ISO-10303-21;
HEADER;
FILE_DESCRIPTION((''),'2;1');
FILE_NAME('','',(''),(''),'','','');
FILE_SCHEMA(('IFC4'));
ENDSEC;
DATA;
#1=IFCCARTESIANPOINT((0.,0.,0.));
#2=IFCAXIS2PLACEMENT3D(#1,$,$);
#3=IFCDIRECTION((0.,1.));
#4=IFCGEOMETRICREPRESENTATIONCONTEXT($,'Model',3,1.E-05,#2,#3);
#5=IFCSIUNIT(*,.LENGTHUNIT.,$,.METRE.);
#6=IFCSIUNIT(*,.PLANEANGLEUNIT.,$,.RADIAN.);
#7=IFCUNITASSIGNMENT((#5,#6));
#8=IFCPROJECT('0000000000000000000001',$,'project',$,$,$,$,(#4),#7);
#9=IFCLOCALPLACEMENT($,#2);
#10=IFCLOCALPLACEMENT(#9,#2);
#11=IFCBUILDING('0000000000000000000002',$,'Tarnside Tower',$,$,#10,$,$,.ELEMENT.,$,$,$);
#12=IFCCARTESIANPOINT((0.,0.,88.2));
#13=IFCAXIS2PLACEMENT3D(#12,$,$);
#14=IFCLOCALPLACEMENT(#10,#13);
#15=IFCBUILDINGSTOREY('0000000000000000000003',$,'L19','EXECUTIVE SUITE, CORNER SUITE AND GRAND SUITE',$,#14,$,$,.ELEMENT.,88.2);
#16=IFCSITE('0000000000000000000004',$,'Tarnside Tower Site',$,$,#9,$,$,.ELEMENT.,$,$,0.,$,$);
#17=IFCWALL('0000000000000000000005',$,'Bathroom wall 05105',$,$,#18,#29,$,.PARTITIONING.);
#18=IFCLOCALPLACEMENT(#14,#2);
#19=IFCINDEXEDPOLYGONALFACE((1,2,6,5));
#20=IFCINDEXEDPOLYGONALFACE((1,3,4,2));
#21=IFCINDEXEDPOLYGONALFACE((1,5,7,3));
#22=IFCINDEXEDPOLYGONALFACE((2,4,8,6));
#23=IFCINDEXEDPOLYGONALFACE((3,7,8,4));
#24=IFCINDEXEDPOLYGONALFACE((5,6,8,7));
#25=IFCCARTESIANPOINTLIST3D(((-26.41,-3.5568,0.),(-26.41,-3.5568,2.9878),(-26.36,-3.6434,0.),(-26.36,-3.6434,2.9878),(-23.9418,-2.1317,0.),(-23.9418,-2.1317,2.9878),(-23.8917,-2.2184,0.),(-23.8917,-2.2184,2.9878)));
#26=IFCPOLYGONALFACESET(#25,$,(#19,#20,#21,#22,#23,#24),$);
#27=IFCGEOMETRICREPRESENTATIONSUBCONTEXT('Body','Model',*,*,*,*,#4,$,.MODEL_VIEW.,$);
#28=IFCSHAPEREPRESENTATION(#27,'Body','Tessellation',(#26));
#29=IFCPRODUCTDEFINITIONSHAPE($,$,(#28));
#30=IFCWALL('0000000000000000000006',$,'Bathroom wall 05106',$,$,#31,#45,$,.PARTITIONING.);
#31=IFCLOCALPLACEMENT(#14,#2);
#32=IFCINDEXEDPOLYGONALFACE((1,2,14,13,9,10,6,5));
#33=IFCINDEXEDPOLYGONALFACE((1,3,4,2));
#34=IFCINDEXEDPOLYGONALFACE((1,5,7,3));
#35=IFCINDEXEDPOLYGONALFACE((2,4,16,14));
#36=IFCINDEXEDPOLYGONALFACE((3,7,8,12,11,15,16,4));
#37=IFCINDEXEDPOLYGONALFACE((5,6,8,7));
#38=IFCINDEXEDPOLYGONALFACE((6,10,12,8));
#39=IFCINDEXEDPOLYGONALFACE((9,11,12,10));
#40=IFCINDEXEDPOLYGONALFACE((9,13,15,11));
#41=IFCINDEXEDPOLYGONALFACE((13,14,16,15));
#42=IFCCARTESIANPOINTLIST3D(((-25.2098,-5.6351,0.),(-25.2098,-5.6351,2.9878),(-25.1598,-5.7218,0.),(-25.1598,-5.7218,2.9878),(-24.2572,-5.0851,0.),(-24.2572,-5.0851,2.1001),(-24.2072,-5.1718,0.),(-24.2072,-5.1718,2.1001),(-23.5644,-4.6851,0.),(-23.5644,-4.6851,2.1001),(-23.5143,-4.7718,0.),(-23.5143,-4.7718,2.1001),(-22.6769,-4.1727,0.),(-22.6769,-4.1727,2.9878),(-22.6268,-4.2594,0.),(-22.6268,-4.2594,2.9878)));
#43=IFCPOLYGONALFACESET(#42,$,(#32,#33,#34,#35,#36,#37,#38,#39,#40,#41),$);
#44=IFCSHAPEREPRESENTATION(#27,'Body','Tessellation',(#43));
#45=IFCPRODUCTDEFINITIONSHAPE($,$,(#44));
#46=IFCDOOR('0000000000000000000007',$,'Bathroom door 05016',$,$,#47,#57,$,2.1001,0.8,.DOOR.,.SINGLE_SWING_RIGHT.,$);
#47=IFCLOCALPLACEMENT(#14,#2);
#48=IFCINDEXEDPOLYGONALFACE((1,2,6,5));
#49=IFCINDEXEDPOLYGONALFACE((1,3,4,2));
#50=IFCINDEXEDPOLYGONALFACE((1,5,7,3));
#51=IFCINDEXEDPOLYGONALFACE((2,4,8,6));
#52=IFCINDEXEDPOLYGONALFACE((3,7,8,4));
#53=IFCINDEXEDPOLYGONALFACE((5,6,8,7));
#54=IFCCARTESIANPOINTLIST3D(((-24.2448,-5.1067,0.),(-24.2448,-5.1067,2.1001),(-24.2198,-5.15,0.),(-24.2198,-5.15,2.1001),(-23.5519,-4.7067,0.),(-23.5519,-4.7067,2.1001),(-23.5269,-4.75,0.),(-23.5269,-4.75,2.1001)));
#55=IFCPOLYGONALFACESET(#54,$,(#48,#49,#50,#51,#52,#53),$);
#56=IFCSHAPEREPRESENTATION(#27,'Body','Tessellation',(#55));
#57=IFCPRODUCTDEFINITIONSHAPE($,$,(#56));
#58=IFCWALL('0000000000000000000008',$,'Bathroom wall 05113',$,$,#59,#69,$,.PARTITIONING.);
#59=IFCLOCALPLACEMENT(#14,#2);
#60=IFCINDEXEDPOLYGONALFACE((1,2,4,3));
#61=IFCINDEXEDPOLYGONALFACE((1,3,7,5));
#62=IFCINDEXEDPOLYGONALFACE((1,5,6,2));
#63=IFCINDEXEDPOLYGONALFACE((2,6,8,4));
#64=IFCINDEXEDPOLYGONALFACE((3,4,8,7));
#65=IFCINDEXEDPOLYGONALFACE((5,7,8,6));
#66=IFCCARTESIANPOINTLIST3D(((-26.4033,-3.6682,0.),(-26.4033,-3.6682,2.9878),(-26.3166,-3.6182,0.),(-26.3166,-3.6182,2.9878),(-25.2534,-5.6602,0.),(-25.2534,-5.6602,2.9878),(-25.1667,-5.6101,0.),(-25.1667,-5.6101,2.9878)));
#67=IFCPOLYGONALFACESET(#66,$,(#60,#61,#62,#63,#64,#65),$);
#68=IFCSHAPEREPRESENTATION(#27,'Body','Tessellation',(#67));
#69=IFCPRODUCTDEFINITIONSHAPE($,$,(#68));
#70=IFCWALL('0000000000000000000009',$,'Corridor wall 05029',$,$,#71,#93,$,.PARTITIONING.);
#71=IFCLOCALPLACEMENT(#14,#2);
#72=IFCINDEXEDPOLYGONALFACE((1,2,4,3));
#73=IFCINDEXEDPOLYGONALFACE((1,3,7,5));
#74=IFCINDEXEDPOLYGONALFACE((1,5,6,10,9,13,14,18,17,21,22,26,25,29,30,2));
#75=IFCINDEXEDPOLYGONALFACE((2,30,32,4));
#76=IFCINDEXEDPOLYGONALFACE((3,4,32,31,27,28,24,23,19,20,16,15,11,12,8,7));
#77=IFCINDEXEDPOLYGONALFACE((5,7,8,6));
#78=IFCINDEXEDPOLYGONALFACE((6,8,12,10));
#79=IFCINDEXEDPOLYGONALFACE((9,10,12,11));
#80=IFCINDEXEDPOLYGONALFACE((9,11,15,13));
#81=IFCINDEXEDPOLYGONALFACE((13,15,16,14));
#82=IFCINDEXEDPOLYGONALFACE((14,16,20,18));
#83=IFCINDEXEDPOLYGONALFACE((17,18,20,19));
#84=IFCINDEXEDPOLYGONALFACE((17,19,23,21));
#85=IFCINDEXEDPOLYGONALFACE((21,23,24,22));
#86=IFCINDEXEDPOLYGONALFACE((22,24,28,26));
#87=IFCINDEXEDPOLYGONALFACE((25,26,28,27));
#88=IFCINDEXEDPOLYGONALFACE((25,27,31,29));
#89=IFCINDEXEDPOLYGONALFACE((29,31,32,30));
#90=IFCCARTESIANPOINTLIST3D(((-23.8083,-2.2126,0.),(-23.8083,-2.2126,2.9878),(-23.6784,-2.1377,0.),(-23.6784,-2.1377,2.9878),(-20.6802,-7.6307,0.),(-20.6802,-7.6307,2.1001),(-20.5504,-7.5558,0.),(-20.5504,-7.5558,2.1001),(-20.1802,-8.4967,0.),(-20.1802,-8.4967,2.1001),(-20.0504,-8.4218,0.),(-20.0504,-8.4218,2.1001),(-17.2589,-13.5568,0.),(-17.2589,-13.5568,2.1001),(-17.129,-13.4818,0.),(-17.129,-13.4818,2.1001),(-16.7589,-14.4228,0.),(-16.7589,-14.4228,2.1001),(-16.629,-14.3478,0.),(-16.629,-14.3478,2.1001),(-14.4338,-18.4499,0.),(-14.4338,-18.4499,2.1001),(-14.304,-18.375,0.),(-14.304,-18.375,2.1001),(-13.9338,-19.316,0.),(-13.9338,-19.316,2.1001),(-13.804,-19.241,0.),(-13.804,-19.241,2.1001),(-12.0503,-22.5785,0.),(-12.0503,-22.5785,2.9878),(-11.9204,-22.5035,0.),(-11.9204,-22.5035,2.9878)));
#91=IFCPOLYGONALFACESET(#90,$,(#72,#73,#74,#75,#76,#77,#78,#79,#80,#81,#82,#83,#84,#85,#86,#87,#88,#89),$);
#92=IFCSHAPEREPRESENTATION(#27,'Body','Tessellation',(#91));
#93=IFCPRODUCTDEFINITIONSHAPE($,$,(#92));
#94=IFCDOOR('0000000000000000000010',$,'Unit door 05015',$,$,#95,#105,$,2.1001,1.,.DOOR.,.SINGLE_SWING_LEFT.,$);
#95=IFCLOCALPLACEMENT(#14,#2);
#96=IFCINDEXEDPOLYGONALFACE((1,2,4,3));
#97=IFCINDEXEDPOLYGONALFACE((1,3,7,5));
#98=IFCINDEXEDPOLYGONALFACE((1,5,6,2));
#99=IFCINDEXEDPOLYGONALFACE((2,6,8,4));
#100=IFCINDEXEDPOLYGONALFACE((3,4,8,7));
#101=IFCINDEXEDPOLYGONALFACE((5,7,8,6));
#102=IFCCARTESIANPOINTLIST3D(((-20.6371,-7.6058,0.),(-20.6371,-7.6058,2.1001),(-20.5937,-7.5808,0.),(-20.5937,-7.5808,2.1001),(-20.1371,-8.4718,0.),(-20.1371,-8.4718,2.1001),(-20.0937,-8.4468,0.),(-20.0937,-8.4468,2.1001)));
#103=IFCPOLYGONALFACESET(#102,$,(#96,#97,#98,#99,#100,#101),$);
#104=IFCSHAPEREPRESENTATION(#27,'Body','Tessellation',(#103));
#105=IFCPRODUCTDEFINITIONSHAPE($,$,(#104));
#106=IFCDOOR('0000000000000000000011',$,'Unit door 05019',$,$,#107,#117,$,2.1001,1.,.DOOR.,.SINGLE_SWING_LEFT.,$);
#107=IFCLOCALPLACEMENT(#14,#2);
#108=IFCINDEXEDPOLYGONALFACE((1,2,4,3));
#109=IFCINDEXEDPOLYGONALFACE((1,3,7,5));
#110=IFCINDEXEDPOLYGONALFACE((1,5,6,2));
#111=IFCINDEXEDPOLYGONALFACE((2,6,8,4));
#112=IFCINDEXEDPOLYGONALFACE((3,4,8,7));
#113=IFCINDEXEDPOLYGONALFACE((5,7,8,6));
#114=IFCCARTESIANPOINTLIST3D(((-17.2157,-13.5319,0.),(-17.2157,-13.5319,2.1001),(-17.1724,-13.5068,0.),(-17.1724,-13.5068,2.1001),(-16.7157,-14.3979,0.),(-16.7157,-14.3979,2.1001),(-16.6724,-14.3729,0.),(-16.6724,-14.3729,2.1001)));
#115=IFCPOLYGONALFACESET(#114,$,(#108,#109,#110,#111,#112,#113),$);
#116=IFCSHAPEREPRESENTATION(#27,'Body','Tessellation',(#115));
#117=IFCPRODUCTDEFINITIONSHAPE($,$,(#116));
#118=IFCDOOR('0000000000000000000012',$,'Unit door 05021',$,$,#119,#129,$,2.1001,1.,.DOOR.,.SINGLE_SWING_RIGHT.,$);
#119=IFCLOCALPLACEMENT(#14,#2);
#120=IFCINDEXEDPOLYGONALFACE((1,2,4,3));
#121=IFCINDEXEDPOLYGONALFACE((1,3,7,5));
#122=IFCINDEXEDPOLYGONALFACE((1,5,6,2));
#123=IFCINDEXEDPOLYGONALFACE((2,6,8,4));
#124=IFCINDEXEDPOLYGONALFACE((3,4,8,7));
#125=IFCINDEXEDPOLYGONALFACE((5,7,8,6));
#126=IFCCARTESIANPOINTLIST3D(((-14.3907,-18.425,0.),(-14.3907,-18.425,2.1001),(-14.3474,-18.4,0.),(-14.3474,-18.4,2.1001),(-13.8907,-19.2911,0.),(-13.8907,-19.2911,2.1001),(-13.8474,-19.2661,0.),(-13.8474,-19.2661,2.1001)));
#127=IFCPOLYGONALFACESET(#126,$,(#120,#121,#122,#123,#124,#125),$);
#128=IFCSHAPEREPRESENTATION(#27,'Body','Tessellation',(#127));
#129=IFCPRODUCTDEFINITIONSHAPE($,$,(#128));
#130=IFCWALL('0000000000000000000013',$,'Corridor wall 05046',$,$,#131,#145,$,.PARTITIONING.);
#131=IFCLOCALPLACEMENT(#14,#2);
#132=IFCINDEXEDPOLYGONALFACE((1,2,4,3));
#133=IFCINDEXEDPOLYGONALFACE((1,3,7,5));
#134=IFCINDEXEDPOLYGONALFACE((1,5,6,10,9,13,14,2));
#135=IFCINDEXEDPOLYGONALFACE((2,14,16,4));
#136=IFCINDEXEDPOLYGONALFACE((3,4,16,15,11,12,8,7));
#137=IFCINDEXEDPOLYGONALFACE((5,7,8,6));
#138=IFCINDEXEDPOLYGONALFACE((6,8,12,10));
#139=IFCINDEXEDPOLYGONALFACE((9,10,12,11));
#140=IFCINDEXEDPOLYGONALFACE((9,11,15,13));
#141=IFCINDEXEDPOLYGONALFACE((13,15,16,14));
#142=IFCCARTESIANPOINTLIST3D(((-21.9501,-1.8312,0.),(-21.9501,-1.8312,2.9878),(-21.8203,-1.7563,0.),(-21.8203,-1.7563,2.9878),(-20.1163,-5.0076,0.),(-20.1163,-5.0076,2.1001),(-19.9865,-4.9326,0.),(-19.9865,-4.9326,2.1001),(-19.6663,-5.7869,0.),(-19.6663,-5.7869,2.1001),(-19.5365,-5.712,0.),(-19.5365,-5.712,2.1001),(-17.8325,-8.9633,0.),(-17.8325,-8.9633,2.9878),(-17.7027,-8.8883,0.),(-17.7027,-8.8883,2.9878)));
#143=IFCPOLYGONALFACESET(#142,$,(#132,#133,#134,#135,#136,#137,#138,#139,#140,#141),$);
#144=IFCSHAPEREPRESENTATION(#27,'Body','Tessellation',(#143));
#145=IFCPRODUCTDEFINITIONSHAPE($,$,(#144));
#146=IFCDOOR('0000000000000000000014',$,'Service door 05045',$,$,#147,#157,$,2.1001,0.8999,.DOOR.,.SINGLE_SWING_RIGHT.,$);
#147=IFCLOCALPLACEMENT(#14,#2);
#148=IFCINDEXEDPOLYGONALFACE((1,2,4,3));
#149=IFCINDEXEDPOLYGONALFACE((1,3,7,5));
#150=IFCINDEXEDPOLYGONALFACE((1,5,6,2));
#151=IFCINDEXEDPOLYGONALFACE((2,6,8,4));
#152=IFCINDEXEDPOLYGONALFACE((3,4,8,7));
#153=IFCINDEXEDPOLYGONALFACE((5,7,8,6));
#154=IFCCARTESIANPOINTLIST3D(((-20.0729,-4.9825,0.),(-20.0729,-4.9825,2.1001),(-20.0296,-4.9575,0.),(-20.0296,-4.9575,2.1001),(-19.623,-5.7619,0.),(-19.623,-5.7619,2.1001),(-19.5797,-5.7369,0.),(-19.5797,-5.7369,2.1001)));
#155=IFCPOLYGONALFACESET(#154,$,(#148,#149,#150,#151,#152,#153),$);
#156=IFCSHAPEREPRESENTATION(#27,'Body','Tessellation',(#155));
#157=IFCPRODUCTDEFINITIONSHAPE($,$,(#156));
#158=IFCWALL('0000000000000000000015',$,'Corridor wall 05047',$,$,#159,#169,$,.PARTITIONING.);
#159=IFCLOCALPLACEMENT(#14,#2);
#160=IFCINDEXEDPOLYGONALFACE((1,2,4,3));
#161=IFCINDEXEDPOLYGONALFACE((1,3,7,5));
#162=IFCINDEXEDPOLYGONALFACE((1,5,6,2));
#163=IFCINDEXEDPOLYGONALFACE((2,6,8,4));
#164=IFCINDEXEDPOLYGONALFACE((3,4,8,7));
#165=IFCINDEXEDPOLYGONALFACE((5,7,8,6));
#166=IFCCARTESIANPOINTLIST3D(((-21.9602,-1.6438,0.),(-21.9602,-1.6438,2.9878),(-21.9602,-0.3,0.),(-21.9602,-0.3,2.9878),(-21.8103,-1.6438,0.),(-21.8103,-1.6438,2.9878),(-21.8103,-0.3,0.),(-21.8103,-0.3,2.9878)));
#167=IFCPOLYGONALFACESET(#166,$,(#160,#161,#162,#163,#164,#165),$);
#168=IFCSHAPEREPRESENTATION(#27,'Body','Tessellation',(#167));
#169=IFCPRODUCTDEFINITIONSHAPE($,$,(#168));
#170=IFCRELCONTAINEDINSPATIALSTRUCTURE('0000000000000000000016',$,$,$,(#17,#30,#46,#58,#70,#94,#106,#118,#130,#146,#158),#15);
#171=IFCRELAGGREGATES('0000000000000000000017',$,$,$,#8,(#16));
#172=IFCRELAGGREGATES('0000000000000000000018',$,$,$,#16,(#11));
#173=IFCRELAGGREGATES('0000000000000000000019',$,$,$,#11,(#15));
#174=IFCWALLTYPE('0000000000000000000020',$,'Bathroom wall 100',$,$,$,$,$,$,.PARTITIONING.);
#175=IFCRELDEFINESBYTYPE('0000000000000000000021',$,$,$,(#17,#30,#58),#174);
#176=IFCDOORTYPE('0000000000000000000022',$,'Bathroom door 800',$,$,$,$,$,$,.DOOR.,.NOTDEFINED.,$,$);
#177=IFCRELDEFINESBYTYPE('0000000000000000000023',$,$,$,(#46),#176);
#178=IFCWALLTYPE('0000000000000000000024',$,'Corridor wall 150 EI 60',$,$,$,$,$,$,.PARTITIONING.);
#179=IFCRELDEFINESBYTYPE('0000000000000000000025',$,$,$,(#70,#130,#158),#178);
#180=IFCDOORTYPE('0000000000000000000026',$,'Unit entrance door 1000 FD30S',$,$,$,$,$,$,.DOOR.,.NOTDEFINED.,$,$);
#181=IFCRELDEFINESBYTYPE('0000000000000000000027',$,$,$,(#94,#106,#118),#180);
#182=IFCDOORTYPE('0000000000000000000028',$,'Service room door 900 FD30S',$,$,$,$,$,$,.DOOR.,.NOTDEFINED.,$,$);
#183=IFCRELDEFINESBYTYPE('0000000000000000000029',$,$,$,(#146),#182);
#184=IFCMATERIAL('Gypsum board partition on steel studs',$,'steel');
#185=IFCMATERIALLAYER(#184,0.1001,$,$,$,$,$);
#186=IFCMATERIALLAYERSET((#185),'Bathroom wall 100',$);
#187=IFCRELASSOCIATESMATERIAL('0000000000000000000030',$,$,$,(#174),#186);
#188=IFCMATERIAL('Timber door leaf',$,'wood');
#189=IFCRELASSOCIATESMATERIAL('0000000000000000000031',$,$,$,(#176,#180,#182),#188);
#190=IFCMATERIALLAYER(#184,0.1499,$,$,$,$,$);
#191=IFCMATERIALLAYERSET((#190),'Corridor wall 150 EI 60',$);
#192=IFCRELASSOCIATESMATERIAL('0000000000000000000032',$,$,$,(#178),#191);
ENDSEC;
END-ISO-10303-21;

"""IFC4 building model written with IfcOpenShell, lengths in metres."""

from ifc_helpers import new_model, si_unit, direction, frame, frame_2d, origin, place, context, subcontext, project, spatial, rectangle, extrude, material, layer, layer_set, type_object, element, fill, save


model = new_model("IFC4")

# Units and contexts
model_context = context("Model", 3, precision=1e-05, world=origin(), true_north=direction((0.0, 1.0)))
body_context = subcontext(model_context, "Body", "Model", "MODEL_VIEW")
ifc_project = project(units=[si_unit("LENGTHUNIT", "METRE"), si_unit("PLANEANGLEUNIT", "RADIAN")], contexts=[model_context])

# Site, building, storey
site_placement = place(None, origin())
site = spatial("IfcSite", under=ifc_project, at=site_placement, Name="Tarnside Tower Site", CompositionType="ELEMENT", RefElevation=0.0)
building_placement = place(site_placement, origin())
building = spatial("IfcBuilding", under=site, at=building_placement, Name="Tarnside Tower", CompositionType="ELEMENT")
storey_placement = place(building_placement, frame((0.0, 0.0, 88.2)))
storey = spatial("IfcBuildingStorey", under=building, at=storey_placement, Name="L19", Description="EXECUTIVE SUITE, CORNER SUITE AND GRAND SUITE", CompositionType="ELEMENT", Elevation=88.2)

# Wall
ifc_material_1 = material(Name="Gypsum board partition on steel studs", Category="steel")
ifc_layer_1 = layer(ifc_material_1, 0.1001)
ifc_layer_set_1 = layer_set([ifc_layer_1], Name="Bathroom wall 100")
wall_type_1 = type_object("IfcWallType", Name="Bathroom wall 100", PredefinedType="PARTITIONING", material=ifc_layer_set_1)
wall_1_placement = place(storey_placement, frame((-26.385, -3.6001, 0.0), z_axis=(0.0, 0.0, 1.0), x_axis=(0.866026, 0.499999, 0.0)))
element("IfcWall", 1, at=wall_1_placement, inside=storey, type_object=wall_type_1, Name="Bathroom wall 05105", PredefinedType="PARTITIONING", context=body_context, shape_type="SweptSolid", body=[
    extrude(rectangle(XDim=2.8501, YDim=0.1001, at=frame_2d((1.425, 0.0))), origin(), (0.0, 0.0, 1.0), 2.9878),
])

# Wall, opening, door
wall_2_placement = place(storey_placement, frame((-22.6519, -4.2161, 0.0), z_axis=(0.0, 0.0, 1.0), x_axis=(-0.866026, -0.499999, 0.0)))
wall_2 = element("IfcWall", 2, at=wall_2_placement, inside=storey, type_object=wall_type_1, Name="Bathroom wall 05106", PredefinedType="PARTITIONING", context=body_context, shape_type="SweptSolid", body=[
    extrude(rectangle(XDim=2.9248, YDim=0.1001, at=frame_2d((1.4624, 0.0))), origin(), (0.0, 0.0, 1.0), 2.9878),
])
opening_1_placement = place(wall_2_placement, frame((1.0249, 0.0, 0.0)))
opening_1 = element("IfcOpeningElement", 3, at=opening_1_placement, cuts=wall_2, PredefinedType="OPENING", context=body_context, shape_type="SweptSolid", body=[
    extrude(rectangle(XDim=0.8, YDim=2.1001, at=frame_2d((0.3999, 1.05))), frame((0.0, 0.0601, 0.0), z_axis=(0.0, -1.0, 0.0), x_axis=(1.0, 0.0, 0.0)), (0.0, 0.0, 1.0), 0.1201),
])
ifc_material_2 = material(Name="Timber door leaf", Category="wood")
door_type_1 = type_object("IfcDoorType", Name="Bathroom door 800", OperationType="NOTDEFINED", PredefinedType="DOOR", material=ifc_material_2)
door_1_placement = place(opening_1_placement, origin())
door_1 = element("IfcDoor", 4, at=door_1_placement, inside=storey, type_object=door_type_1, Name="Bathroom door 05016", OperationType="SINGLE_SWING_RIGHT", OverallHeight=2.1001, OverallWidth=0.8, PredefinedType="DOOR", context=body_context, shape_type="SweptSolid", body=[
    extrude(rectangle(XDim=0.8, YDim=2.1001, at=frame_2d((0.3999, 1.05))), frame((0.0, 0.0249, 0.0), z_axis=(0.0, -1.0, 0.0), x_axis=(1.0, 0.0, 0.0)), (0.0, 0.0, 1.0), 0.05),
])
fill(opening_1, door_1)

# Wall
wall_3_placement = place(storey_placement, frame((-26.3599, -3.6433, 0.0), z_axis=(0.0, 0.0, 1.0), x_axis=(0.499952, -0.866053, 0.0)))
element("IfcWall", 5, at=wall_3_placement, inside=storey, type_object=wall_type_1, Name="Bathroom wall 05113", PredefinedType="PARTITIONING", context=body_context, shape_type="SweptSolid", body=[
    extrude(rectangle(XDim=2.3, YDim=0.1001, at=frame_2d((1.1499, 0.0))), origin(), (0.0, 0.0, 1.0), 2.9878),
])

# Wall, openings, doors
ifc_layer_2 = layer(ifc_material_1, 0.1499)
ifc_layer_set_2 = layer_set([ifc_layer_2], Name="Corridor wall 150 EI 60")
wall_type_2 = type_object("IfcWallType", Name="Corridor wall 150 EI 60", PredefinedType="PARTITIONING", material=ifc_layer_set_2)
wall_4_placement = place(storey_placement, frame((-23.7434, -2.175, 0.0), z_axis=(0.0, 0.0, 1.0), x_axis=(0.499992, -0.86603, 0.0)))
wall_4 = element("IfcWall", 6, at=wall_4_placement, inside=storey, type_object=wall_type_2, Name="Corridor wall 05029", PredefinedType="PARTITIONING", context=body_context, shape_type="SweptSolid", body=[
    extrude(rectangle(XDim=23.5164, YDim=0.1499, at=frame_2d((11.7583, 0.0))), origin(), (0.0, 0.0, 1.0), 2.9878),
])
opening_2_placement = place(wall_4_placement, frame((6.2563, 0.0, 0.0)))
opening_2 = element("IfcOpeningElement", 7, at=opening_2_placement, cuts=wall_4, PredefinedType="OPENING", context=body_context, shape_type="SweptSolid", body=[
    extrude(rectangle(XDim=1.0, YDim=2.1001, at=frame_2d((0.5, 1.05))), frame((0.0, 0.085, 0.0), z_axis=(0.0, -1.0, 0.0), x_axis=(1.0, 0.0, 0.0)), (0.0, 0.0, 1.0), 0.1699),
])
opening_3_placement = place(wall_4_placement, frame((13.0991, 0.0, 0.0)))
opening_3 = element("IfcOpeningElement", 8, at=opening_3_placement, cuts=wall_4, PredefinedType="OPENING", context=body_context, shape_type="SweptSolid", body=[
    extrude(rectangle(XDim=1.0, YDim=2.1001, at=frame_2d((0.5, 1.05))), frame((0.0, 0.085, 0.0), z_axis=(0.0, -1.0, 0.0), x_axis=(1.0, 0.0, 0.0)), (0.0, 0.0, 1.0), 0.1699),
])
opening_4_placement = place(wall_4_placement, frame((18.7493, 0.0, 0.0)))
opening_4 = element("IfcOpeningElement", 9, at=opening_4_placement, cuts=wall_4, PredefinedType="OPENING", context=body_context, shape_type="SweptSolid", body=[
    extrude(rectangle(XDim=1.0, YDim=2.1001, at=frame_2d((0.5, 1.05))), frame((0.0, 0.085, 0.0), z_axis=(0.0, -1.0, 0.0), x_axis=(1.0, 0.0, 0.0)), (0.0, 0.0, 1.0), 0.1699),
])
door_type_2 = type_object("IfcDoorType", Name="Unit entrance door 1000 FD30S", OperationType="NOTDEFINED", PredefinedType="DOOR", material=ifc_material_2)
door_2_placement = place(opening_2_placement, origin())
door_2 = element("IfcDoor", 10, at=door_2_placement, inside=storey, type_object=door_type_2, Name="Unit door 05015", OperationType="SINGLE_SWING_LEFT", OverallHeight=2.1001, OverallWidth=1.0, PredefinedType="DOOR", context=body_context, shape_type="SweptSolid", body=[
    extrude(rectangle(XDim=1.0, YDim=2.1001, at=frame_2d((0.5, 1.05))), frame((0.0, 0.0249, 0.0), z_axis=(0.0, -1.0, 0.0), x_axis=(1.0, 0.0, 0.0)), (0.0, 0.0, 1.0), 0.05),
])
fill(opening_2, door_2)
door_3_placement = place(opening_3_placement, origin())
door_3 = element("IfcDoor", 11, at=door_3_placement, inside=storey, type_object=door_type_2, Name="Unit door 05019", OperationType="SINGLE_SWING_LEFT", OverallHeight=2.1001, OverallWidth=1.0, PredefinedType="DOOR", context=body_context, shape_type="SweptSolid", body=[
    extrude(rectangle(XDim=1.0, YDim=2.1001, at=frame_2d((0.5, 1.05))), frame((0.0, 0.0249, 0.0), z_axis=(0.0, -1.0, 0.0), x_axis=(1.0, 0.0, 0.0)), (0.0, 0.0, 1.0), 0.05),
])
fill(opening_3, door_3)
door_4_placement = place(opening_4_placement, origin())
door_4 = element("IfcDoor", 12, at=door_4_placement, inside=storey, type_object=door_type_2, Name="Unit door 05021", OperationType="SINGLE_SWING_RIGHT", OverallHeight=2.1001, OverallWidth=1.0, PredefinedType="DOOR", context=body_context, shape_type="SweptSolid", body=[
    extrude(rectangle(XDim=1.0, YDim=2.1001, at=frame_2d((0.5, 1.05))), frame((0.0, 0.0249, 0.0), z_axis=(0.0, -1.0, 0.0), x_axis=(1.0, 0.0, 0.0)), (0.0, 0.0, 1.0), 0.05),
])
fill(opening_4, door_4)

# Wall, opening, door
wall_5_placement = place(storey_placement, frame((-17.7676, -8.9258, 0.0), z_axis=(0.0, 0.0, 1.0), x_axis=(-0.499997, 0.866027, 0.0)))
wall_5 = element("IfcWall", 13, at=wall_5_placement, inside=storey, type_object=wall_type_2, Name="Corridor wall 05046", PredefinedType="PARTITIONING", context=body_context, shape_type="SweptSolid", body=[
    extrude(rectangle(XDim=8.2354, YDim=0.1499, at=frame_2d((4.1177, 0.0))), origin(), (0.0, 0.0, 1.0), 2.9878),
])
opening_5_placement = place(wall_5_placement, frame((3.6677, 0.0, 0.0)))
opening_5 = element("IfcOpeningElement", 14, at=opening_5_placement, cuts=wall_5, PredefinedType="OPENING", context=body_context, shape_type="SweptSolid", body=[
    extrude(rectangle(XDim=0.8999, YDim=2.1001, at=frame_2d((0.45, 1.05))), frame((0.0, 0.085, 0.0), z_axis=(0.0, -1.0, 0.0), x_axis=(1.0, 0.0, 0.0)), (0.0, 0.0, 1.0), 0.1699),
])
door_type_3 = type_object("IfcDoorType", Name="Service room door 900 FD30S", OperationType="NOTDEFINED", PredefinedType="DOOR", material=ifc_material_2)
door_5_placement = place(opening_5_placement, origin())
door_5 = element("IfcDoor", 15, at=door_5_placement, inside=storey, type_object=door_type_3, Name="Service door 05045", OperationType="SINGLE_SWING_RIGHT", OverallHeight=2.1001, OverallWidth=0.8999, PredefinedType="DOOR", context=body_context, shape_type="SweptSolid", body=[
    extrude(rectangle(XDim=0.8999, YDim=2.1001, at=frame_2d((0.45, 1.05))), frame((0.0, 0.0249, 0.0), z_axis=(0.0, -1.0, 0.0), x_axis=(1.0, 0.0, 0.0)), (0.0, 0.0, 1.0), 0.05),
])
fill(opening_5, door_5)

# Wall
wall_6_placement = place(storey_placement, frame((-21.8853, -1.6438, 0.0), z_axis=(0.0, 0.0, 1.0), x_axis=(0.0, 1.0, 0.0)))
element("IfcWall", 16, at=wall_6_placement, inside=storey, type_object=wall_type_2, Name="Corridor wall 05047", PredefinedType="PARTITIONING", context=body_context, shape_type="SweptSolid", body=[
    extrude(rectangle(XDim=1.3438, YDim=0.1499, at=frame_2d((0.6719, 0.0))), origin(), (0.0, 0.0, 1.0), 2.9878),
])

save(model, "model.ifc")
